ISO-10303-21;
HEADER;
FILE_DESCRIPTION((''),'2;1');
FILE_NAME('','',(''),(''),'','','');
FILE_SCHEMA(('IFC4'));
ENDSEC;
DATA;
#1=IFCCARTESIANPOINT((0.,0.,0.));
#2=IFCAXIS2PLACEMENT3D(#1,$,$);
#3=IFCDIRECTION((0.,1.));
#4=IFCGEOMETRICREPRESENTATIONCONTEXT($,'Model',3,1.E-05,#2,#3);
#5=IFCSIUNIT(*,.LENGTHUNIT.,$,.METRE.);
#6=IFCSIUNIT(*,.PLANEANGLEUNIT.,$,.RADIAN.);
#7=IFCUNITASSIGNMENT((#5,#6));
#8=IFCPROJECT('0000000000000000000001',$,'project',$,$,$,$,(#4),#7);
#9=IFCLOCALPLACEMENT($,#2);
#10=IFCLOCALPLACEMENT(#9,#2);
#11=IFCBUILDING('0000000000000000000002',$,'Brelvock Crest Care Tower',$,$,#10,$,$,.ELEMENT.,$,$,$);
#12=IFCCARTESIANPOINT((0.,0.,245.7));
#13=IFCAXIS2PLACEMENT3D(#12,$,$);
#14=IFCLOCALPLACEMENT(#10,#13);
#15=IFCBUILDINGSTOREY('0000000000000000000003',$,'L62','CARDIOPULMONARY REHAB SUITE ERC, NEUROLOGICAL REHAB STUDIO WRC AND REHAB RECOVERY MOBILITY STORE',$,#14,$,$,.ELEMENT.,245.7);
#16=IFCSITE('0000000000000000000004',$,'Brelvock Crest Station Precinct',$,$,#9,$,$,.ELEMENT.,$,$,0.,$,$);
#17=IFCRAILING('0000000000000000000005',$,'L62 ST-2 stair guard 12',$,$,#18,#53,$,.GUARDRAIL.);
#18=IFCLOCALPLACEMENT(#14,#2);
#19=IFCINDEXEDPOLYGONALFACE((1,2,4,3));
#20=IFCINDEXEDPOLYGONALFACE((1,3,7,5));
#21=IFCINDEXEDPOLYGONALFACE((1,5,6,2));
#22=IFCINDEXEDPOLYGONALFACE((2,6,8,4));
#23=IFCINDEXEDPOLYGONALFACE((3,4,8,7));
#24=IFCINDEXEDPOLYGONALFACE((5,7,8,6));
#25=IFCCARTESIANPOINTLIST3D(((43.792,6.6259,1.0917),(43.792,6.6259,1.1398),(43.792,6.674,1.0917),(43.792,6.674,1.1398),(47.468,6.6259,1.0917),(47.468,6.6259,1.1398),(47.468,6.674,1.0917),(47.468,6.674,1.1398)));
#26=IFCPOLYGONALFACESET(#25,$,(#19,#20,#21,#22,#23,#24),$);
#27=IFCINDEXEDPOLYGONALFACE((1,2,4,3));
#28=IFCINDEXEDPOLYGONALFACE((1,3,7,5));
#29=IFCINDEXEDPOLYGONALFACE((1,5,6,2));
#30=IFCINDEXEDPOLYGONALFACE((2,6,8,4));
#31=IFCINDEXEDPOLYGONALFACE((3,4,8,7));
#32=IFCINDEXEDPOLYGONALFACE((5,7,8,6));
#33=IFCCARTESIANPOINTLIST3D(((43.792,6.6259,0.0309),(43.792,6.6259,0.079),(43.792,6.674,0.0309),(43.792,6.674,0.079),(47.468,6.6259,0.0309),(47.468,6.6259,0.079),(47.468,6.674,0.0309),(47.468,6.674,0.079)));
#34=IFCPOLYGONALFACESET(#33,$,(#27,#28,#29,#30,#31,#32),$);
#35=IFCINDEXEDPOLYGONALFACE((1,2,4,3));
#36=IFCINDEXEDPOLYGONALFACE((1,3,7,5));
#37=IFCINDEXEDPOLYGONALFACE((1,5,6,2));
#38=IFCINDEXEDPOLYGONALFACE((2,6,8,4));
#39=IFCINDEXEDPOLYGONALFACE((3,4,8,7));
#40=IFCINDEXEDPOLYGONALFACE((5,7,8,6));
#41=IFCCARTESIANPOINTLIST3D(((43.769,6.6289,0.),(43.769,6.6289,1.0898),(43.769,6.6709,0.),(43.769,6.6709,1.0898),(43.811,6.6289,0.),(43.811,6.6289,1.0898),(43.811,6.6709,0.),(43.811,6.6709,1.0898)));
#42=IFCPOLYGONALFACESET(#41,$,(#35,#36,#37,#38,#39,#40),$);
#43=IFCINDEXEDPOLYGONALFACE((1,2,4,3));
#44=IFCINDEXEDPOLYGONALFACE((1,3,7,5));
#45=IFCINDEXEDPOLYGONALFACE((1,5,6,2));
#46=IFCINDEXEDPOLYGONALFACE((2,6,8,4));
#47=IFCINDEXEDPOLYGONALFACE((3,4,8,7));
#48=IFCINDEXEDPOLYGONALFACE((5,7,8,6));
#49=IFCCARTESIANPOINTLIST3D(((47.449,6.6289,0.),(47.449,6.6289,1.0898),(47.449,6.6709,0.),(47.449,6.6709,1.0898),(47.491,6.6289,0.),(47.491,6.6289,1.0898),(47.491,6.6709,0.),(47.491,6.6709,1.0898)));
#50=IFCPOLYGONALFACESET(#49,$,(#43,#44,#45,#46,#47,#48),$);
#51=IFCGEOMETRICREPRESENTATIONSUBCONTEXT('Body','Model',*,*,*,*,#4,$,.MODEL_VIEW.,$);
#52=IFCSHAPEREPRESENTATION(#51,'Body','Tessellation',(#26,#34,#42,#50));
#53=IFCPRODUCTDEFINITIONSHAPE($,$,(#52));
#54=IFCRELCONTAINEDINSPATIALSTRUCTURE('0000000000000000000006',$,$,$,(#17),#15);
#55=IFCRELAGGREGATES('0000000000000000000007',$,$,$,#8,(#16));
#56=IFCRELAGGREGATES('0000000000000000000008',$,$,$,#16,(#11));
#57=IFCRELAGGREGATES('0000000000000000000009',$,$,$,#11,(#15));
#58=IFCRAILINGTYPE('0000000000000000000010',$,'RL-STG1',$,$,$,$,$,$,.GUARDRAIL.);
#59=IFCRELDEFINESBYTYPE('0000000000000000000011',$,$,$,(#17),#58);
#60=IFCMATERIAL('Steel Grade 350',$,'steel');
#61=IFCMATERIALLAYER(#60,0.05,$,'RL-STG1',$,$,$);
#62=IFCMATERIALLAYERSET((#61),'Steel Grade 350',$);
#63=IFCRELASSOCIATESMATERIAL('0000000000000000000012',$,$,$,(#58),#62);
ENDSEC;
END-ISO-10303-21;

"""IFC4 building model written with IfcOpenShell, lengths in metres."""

from ifc_helpers import new_model, si_unit, direction, frame, origin, origin_2d, place, context, subcontext, project, spatial, rectangle, extrude, material, layer, layer_set, type_object, element, save


model = new_model("IFC4")

# Units and contexts
model_context = context("Model", 3, precision=1e-05, world=origin(), true_north=direction((0.0, 1.0)))
body_context = subcontext(model_context, "Body", "Model", "MODEL_VIEW")
ifc_project = project(units=[si_unit("LENGTHUNIT", "METRE"), si_unit("PLANEANGLEUNIT", "RADIAN")], contexts=[model_context])

# Site, building, storey
site_placement = place(None, origin())
site = spatial("IfcSite", under=ifc_project, at=site_placement, Name="Brelvock Crest Station Precinct", CompositionType="ELEMENT", RefElevation=0.0)
building_placement = place(site_placement, origin())
building = spatial("IfcBuilding", under=site, at=building_placement, Name="Brelvock Crest Care Tower", CompositionType="ELEMENT")
storey_placement = place(building_placement, frame((0.0, 0.0, 245.7)))
storey = spatial("IfcBuildingStorey", under=building, at=storey_placement, Name="L62", Description="CARDIOPULMONARY REHAB SUITE ERC, NEUROLOGICAL REHAB STUDIO WRC AND REHAB RECOVERY MOBILITY STORE", CompositionType="ELEMENT", Elevation=245.7)

# Shared definitions
ifc_material_1 = material(Name="Steel Grade 350", Category="steel")

# Railing
ifc_layer_1 = layer(ifc_material_1, 0.05, Name="RL-STG1")
ifc_layer_set_1 = layer_set([ifc_layer_1], Name="Steel Grade 350")
railing_type = type_object("IfcRailingType", Name="RL-STG1", PredefinedType="GUARDRAIL", material=ifc_layer_set_1)
railing_placement = place(storey_placement, frame((43.79, 6.6499, 0.0)))
element("IfcRailing", 1, at=railing_placement, inside=storey, type_object=railing_type, Name="L62 ST-2 stair guard 12", PredefinedType="GUARDRAIL", context=body_context, shape_type="SweptSolid", body=[
    extrude(rectangle(XDim=0.0481, YDim=0.0481, at=origin_2d()), frame((0.002, 0.0, 1.1157), z_axis=(1.0, 0.0, 0.0), x_axis=(0.0, 1.0, 0.0)), (0.0, 0.0, 1.0), 3.676),
    extrude(rectangle(XDim=0.0481, YDim=0.0481, at=origin_2d()), frame((0.002, 0.0, 0.0549), z_axis=(1.0, 0.0, 0.0), x_axis=(0.0, 1.0, 0.0)), (0.0, 0.0, 1.0), 3.676),
    extrude(rectangle(XDim=0.042, YDim=0.042, at=origin_2d()), origin(), (0.0, 0.0, 1.0), 1.0898),
    extrude(rectangle(XDim=0.042, YDim=0.042, at=origin_2d()), frame((3.6799, 0.0, 0.0)), (0.0, 0.0, 1.0), 1.0898),
])

save(model, "model.ifc")
